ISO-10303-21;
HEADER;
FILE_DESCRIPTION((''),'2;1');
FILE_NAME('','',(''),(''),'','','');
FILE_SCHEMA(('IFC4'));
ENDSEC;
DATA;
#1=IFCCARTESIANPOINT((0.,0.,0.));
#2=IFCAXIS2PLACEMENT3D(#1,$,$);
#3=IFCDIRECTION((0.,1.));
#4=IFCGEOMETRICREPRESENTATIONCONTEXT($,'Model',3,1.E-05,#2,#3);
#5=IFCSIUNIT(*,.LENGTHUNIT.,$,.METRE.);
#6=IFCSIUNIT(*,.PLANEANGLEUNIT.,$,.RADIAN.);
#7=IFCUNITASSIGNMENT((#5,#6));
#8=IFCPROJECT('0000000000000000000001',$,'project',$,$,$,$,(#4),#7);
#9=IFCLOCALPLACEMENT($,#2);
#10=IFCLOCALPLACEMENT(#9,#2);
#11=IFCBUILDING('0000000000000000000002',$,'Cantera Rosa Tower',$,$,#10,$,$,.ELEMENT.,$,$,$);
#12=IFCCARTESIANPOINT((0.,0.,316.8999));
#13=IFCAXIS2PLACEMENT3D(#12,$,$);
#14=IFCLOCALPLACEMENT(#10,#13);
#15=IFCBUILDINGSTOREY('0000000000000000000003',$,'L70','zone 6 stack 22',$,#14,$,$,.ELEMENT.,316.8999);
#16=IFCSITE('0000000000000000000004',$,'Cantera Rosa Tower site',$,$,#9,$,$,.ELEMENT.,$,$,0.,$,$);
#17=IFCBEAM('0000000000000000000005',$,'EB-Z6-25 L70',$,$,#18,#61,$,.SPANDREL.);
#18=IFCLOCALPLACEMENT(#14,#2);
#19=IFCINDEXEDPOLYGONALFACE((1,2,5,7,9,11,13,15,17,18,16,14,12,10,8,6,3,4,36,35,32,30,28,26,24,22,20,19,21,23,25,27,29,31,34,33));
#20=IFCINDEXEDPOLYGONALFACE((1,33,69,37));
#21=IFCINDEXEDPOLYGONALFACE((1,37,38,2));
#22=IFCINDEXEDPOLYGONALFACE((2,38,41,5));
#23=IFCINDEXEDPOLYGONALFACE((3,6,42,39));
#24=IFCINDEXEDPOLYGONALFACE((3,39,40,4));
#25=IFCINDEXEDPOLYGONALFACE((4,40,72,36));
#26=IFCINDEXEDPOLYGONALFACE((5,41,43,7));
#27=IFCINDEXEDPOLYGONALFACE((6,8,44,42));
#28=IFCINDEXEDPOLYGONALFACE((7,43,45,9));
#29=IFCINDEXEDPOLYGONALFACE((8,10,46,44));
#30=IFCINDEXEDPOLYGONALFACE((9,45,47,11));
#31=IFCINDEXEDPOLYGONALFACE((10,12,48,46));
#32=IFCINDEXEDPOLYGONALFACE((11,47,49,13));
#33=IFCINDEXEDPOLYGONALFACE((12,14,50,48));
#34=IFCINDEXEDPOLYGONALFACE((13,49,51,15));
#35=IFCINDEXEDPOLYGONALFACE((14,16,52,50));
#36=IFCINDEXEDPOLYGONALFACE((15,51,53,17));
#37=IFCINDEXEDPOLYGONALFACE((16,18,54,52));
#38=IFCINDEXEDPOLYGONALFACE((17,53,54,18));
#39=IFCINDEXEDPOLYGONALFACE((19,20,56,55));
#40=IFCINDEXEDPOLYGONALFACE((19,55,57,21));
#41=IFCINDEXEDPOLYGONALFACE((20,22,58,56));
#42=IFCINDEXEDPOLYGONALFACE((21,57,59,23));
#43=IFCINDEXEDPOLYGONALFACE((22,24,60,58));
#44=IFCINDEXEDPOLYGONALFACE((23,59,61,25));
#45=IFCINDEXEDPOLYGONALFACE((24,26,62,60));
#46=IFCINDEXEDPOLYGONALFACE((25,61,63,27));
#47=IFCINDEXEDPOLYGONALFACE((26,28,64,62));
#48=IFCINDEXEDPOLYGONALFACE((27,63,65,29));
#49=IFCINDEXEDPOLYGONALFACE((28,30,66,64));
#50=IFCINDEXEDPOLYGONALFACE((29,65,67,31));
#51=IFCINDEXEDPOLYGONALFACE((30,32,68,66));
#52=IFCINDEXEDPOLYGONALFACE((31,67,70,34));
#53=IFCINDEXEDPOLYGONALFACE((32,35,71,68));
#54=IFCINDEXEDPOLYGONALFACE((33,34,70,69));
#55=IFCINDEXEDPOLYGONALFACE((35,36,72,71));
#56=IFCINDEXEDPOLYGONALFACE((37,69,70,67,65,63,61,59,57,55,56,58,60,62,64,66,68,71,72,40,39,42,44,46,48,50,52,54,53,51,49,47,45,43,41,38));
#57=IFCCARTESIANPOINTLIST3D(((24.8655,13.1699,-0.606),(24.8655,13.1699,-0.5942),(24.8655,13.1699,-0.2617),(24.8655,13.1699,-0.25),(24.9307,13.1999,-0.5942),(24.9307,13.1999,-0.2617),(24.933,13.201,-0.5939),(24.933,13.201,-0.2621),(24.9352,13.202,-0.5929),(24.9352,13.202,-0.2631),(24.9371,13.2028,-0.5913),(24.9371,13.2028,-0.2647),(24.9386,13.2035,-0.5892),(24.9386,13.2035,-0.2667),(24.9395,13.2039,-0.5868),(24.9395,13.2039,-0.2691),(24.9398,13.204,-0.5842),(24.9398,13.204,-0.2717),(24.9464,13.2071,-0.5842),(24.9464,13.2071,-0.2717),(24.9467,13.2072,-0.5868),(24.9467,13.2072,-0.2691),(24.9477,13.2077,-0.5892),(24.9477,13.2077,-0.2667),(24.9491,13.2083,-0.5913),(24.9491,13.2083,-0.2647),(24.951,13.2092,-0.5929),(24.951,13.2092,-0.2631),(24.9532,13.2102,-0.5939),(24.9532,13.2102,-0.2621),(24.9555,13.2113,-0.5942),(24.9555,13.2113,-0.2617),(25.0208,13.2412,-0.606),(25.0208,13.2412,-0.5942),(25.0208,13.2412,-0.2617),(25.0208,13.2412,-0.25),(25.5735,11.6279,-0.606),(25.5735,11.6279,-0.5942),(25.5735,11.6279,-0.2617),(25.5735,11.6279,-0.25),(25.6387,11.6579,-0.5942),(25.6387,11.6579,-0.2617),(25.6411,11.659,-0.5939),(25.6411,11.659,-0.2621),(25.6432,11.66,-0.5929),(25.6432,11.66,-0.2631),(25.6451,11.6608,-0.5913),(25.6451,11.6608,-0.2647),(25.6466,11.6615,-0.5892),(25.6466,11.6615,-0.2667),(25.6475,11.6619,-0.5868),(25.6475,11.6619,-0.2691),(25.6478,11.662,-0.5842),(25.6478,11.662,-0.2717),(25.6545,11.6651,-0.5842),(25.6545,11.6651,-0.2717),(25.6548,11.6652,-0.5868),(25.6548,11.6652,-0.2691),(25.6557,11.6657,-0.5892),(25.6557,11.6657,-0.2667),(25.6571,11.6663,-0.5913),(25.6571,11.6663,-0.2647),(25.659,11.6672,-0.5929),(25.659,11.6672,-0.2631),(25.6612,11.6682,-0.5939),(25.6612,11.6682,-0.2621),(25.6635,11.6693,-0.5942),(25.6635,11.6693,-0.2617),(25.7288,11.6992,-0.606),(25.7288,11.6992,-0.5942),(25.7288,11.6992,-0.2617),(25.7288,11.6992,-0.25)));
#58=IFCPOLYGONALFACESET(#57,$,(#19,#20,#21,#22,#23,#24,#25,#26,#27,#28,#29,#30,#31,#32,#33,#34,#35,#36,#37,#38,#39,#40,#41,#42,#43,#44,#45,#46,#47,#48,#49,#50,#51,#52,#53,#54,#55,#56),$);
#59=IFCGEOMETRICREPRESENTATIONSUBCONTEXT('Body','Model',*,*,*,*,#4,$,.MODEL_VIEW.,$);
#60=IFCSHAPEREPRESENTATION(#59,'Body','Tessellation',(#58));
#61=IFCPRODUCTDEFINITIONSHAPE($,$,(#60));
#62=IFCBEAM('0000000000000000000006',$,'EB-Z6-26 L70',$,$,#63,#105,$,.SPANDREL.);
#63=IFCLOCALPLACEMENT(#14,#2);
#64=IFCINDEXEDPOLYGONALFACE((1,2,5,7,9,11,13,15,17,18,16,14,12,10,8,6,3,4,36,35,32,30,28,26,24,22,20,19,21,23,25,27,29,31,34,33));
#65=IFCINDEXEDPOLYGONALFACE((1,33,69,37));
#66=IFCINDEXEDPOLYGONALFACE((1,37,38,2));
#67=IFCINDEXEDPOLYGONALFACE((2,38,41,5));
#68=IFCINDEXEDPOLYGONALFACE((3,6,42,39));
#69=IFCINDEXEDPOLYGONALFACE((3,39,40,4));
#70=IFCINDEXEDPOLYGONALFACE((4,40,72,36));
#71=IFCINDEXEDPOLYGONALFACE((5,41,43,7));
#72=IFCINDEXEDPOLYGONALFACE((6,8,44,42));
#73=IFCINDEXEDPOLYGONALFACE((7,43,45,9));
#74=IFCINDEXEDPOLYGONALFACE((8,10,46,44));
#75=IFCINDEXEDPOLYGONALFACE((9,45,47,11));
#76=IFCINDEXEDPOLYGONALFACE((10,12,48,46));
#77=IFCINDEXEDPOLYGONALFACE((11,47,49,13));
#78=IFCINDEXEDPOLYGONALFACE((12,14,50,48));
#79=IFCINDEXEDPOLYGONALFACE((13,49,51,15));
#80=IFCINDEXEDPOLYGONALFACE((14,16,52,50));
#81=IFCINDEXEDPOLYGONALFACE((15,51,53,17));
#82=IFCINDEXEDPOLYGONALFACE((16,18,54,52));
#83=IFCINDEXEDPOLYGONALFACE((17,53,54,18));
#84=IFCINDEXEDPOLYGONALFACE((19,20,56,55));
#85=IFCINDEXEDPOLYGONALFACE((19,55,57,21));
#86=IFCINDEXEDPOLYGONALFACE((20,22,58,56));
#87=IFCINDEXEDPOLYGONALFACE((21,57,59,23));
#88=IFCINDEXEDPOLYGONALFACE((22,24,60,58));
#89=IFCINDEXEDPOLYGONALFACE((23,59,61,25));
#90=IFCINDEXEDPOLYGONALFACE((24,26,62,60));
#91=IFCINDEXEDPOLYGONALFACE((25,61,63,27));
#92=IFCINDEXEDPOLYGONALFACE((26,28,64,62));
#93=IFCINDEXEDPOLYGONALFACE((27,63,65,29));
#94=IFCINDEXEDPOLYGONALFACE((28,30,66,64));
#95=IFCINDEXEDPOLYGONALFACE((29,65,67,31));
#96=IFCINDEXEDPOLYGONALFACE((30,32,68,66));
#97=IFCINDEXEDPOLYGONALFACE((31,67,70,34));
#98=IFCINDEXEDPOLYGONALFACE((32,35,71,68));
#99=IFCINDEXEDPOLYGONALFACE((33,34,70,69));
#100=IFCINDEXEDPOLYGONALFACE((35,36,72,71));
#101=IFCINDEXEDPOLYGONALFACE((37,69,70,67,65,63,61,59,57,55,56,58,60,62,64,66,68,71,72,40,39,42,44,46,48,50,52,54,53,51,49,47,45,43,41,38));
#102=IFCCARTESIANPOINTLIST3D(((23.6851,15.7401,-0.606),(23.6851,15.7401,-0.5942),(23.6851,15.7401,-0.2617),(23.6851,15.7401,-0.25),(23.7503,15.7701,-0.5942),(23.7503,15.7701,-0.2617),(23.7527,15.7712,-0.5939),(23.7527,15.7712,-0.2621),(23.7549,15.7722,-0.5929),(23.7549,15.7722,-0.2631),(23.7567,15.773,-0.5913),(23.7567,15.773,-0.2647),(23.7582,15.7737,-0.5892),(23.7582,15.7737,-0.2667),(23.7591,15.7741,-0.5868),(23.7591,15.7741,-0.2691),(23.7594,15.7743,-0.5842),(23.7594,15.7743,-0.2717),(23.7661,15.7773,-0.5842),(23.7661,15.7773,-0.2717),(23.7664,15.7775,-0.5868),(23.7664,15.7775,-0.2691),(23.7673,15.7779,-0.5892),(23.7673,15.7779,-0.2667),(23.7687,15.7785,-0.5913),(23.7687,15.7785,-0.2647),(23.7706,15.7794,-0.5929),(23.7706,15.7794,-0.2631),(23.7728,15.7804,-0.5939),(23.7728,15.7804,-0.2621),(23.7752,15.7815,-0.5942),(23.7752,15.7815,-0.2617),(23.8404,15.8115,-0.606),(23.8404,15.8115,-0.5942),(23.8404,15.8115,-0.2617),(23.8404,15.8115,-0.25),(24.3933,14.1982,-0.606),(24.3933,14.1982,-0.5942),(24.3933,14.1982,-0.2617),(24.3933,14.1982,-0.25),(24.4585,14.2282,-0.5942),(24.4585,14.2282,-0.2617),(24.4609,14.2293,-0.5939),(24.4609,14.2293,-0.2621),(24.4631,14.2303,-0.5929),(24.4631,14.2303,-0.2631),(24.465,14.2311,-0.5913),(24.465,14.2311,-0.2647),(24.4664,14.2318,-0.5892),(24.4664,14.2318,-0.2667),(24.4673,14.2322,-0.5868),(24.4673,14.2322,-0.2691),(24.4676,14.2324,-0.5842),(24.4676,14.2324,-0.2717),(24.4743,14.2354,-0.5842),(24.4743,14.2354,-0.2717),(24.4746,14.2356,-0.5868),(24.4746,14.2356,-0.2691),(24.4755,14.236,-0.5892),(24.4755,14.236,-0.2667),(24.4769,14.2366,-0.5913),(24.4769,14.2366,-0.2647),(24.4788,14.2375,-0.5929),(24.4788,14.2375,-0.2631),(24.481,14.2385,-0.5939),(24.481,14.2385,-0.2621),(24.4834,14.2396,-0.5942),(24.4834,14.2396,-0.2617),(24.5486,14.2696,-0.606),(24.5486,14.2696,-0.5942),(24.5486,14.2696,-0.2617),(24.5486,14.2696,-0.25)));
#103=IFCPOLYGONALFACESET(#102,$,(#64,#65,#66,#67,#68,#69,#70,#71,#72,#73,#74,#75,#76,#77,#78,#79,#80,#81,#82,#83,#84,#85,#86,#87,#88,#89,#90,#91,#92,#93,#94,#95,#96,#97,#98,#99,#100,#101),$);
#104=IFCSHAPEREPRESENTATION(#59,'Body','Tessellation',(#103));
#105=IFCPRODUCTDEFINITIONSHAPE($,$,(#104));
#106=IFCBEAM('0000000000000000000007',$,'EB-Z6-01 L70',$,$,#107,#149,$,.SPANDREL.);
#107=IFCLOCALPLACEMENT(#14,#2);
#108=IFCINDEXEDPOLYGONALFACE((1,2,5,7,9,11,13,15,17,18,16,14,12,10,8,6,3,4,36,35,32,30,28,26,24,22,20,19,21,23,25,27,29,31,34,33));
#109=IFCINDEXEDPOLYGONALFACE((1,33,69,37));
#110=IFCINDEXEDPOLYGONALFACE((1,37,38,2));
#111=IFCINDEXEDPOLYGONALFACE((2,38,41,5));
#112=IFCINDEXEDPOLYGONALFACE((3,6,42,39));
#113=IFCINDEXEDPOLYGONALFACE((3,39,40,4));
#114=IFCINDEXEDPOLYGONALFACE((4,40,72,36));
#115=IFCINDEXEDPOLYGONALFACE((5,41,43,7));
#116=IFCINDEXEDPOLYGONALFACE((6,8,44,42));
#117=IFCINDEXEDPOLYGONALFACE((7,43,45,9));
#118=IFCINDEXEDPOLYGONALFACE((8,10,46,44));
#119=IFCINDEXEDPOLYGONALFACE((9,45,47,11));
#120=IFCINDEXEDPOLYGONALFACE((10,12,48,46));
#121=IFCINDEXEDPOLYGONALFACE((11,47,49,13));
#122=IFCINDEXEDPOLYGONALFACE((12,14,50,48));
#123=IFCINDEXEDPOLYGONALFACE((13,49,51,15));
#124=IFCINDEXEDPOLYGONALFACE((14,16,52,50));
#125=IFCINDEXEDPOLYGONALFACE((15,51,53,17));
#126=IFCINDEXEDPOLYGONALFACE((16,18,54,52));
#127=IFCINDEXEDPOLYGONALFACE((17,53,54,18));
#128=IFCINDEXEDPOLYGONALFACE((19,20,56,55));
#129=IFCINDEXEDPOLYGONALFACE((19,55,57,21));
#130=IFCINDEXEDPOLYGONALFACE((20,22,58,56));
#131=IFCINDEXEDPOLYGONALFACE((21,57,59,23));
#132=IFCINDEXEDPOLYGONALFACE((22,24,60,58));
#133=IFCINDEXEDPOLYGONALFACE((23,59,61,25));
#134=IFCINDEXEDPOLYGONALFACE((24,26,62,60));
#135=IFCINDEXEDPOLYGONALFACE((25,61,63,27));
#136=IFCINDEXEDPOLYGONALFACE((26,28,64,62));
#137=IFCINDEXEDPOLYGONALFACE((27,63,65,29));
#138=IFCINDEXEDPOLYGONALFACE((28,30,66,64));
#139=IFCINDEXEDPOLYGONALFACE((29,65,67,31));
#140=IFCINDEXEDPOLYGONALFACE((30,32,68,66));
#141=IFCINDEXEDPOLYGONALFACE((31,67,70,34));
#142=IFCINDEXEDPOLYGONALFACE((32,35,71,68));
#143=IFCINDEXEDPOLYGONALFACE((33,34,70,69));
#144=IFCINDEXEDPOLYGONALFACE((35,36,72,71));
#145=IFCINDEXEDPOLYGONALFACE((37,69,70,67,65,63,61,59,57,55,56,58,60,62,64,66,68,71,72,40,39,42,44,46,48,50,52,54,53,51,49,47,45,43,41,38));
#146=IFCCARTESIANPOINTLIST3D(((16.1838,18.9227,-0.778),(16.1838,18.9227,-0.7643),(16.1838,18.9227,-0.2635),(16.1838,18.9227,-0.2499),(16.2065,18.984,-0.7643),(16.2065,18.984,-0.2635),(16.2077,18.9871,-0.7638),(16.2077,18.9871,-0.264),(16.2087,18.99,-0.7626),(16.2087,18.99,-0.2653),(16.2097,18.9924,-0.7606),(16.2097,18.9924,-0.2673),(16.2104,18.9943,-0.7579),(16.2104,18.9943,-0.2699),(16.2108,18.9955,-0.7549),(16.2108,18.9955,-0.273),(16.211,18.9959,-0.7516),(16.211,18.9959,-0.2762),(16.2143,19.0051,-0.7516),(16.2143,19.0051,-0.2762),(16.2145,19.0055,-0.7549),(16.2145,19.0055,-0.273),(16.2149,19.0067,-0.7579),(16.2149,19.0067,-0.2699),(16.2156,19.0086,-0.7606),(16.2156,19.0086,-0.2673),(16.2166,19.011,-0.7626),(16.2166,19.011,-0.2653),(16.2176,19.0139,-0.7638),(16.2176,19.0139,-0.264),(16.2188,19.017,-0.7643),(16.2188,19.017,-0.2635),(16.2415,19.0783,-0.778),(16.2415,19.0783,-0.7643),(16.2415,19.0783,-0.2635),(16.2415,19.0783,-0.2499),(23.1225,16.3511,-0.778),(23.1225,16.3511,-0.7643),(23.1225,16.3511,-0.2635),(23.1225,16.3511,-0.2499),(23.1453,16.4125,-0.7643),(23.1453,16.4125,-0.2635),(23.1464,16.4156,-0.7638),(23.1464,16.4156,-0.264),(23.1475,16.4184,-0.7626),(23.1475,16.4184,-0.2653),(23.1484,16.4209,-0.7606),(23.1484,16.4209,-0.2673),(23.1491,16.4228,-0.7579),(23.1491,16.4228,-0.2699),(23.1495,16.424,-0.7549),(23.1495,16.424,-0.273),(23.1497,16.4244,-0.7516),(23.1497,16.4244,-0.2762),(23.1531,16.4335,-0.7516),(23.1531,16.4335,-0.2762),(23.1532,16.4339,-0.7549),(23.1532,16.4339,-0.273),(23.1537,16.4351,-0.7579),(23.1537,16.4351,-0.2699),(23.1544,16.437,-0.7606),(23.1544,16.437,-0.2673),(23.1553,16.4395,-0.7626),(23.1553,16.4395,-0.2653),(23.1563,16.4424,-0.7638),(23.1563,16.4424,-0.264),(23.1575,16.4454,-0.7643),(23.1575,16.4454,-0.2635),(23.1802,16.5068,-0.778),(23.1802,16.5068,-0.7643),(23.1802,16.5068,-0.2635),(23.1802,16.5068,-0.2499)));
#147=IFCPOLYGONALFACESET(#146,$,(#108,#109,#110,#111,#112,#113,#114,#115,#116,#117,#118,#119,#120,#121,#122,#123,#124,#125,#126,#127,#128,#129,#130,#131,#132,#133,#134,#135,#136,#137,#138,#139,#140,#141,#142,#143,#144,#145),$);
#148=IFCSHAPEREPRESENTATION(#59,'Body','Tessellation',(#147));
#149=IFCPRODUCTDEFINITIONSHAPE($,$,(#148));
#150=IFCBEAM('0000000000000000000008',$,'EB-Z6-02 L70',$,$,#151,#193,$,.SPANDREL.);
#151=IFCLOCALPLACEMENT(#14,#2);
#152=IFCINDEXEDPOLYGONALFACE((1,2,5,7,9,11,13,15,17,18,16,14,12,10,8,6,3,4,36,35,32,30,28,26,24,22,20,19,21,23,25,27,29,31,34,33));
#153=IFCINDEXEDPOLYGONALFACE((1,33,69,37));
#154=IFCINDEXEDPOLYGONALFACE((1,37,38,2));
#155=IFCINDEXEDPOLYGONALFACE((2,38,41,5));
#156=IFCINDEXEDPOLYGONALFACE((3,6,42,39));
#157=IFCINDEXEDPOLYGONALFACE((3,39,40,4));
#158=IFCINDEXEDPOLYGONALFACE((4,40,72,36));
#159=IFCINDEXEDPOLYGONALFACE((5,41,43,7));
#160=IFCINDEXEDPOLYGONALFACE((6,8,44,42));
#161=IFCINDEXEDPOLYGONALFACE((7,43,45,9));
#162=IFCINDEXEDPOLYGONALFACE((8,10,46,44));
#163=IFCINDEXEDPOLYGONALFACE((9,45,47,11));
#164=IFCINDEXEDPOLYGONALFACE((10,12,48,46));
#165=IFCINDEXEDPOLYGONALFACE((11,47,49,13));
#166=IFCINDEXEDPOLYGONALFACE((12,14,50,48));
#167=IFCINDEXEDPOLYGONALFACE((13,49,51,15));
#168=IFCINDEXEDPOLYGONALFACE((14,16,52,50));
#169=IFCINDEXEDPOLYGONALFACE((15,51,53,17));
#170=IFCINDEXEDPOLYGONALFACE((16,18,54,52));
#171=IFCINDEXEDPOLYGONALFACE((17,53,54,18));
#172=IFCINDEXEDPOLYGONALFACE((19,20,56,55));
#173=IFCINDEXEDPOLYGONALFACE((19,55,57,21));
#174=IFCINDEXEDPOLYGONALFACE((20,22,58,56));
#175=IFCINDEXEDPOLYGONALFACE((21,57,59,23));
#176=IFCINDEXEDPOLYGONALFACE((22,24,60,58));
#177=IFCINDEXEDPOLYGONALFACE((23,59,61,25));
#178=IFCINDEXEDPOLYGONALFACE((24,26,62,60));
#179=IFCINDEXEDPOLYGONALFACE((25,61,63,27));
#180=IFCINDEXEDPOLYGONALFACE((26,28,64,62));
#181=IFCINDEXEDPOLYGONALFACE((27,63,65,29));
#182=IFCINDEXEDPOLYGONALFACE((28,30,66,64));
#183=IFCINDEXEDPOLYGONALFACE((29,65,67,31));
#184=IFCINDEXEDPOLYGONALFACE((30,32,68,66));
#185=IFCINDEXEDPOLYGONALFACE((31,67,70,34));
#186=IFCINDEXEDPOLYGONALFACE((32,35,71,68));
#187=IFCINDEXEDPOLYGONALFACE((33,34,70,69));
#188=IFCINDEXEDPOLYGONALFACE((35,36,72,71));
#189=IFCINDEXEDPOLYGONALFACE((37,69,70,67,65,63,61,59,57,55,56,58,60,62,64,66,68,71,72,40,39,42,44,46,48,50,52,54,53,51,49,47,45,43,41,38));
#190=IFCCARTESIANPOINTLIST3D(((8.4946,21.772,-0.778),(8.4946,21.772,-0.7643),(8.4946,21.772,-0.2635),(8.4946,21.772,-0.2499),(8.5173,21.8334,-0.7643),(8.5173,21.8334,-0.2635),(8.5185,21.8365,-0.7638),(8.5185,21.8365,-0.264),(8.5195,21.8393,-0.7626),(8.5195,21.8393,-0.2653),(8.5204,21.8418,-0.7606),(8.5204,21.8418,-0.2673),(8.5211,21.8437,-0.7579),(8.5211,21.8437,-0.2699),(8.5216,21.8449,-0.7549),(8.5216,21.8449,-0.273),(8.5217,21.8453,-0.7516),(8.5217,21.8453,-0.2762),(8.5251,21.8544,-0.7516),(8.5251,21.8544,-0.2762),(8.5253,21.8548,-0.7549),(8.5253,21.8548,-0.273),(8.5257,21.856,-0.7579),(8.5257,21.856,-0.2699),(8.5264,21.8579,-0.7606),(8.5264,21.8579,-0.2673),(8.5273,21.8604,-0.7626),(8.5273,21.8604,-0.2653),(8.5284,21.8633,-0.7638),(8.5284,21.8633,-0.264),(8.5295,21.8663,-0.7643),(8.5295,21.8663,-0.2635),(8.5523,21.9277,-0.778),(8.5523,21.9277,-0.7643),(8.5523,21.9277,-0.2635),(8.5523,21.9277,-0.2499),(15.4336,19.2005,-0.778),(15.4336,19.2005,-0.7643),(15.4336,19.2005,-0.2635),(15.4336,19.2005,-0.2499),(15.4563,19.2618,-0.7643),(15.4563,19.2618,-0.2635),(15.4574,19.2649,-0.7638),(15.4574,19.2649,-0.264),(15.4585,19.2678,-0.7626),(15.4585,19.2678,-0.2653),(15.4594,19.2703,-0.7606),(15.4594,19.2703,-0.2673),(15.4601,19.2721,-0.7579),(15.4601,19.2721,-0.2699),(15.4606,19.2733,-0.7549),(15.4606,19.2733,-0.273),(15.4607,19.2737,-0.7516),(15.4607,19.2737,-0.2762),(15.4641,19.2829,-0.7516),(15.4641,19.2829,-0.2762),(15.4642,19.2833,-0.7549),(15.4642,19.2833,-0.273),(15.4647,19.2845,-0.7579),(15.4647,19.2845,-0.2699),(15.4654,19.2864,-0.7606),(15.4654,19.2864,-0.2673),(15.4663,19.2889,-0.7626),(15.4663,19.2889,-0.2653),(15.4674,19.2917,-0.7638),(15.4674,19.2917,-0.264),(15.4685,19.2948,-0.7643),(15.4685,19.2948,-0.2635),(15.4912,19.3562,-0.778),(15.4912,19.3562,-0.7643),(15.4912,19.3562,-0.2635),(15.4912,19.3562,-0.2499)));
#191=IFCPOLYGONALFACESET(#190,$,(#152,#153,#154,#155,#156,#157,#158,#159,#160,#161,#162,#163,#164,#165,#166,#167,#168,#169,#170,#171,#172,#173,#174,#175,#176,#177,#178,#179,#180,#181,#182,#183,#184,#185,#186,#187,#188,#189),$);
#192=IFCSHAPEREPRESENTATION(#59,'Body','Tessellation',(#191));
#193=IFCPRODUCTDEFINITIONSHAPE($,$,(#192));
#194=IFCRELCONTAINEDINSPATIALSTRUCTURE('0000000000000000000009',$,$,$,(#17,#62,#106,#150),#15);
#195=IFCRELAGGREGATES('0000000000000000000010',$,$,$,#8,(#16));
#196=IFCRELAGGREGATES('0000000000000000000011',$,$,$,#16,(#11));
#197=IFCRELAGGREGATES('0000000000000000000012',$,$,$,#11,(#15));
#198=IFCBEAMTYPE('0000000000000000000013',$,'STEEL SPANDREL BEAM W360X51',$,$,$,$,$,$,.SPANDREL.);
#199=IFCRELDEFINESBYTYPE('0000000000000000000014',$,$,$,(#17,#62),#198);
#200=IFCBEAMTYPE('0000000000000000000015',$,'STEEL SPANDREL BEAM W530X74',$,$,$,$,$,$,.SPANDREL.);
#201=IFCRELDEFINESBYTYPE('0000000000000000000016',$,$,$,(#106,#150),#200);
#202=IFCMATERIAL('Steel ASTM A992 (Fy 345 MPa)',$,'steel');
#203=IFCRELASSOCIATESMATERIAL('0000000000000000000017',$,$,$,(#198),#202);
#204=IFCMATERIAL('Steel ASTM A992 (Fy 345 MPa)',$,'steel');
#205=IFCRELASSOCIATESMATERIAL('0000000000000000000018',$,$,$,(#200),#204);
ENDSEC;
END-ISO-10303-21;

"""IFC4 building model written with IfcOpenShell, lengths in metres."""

from ifc_helpers import new_model, si_unit, direction, frame, origin, origin_2d, place, context, subcontext, project, spatial, i_section, extrude, material, material_profile, profile_set, type_object, element, save


model = new_model("IFC4")

# Units and contexts
model_context = context("Model", 3, precision=1e-05, world=origin(), true_north=direction((0.0, 1.0)))
body_context = subcontext(model_context, "Body", "Model", "MODEL_VIEW")
ifc_project = project(units=[si_unit("LENGTHUNIT", "METRE"), si_unit("PLANEANGLEUNIT", "RADIAN")], contexts=[model_context])

# Site, building, storey
site_placement = place(None, origin())
site = spatial("IfcSite", under=ifc_project, at=site_placement, Name="Cantera Rosa Tower site", CompositionType="ELEMENT", RefElevation=0.0)
building_placement = place(site_placement, origin())
building = spatial("IfcBuilding", under=site, at=building_placement, Name="Cantera Rosa Tower", CompositionType="ELEMENT")
storey_placement = place(building_placement, frame((0.0, 0.0, 316.8999)))
storey = spatial("IfcBuildingStorey", under=building, at=storey_placement, Name="L70", Description="zone 6 stack 22", CompositionType="ELEMENT", Elevation=316.8999)

# Beams
ifc_material_1 = material(Name="Steel ASTM A992 (Fy 345 MPa)", Category="steel")
ifc_material_profile_1 = material_profile(ifc_material_1, i_section(OverallWidth=0.1709, OverallDepth=0.356, WebThickness=0.0073, FlangeThickness=0.0117, FilletRadius=0.01, at=origin_2d()), Name="W360X51")
ifc_profile_set_1 = profile_set([ifc_material_profile_1], Name="Steel ASTM A992 (Fy 345 MPa)")
beam_type_1 = type_object("IfcBeamType", Name="STEEL SPANDREL BEAM W360X51", PredefinedType="SPANDREL", material=ifc_profile_set_1)
for number, where, z_axis, x_axis, name in (
    (1, (25.6511, 11.6636, -0.428), (-0.417269, 0.908783, 0.0), (-0.908783, -0.417269, 0.0), "EB-Z6-25 L70"),
    (2, (24.4709, 14.2339, -0.428), (-0.417388, 0.908728, 0.0), (-0.908728, -0.417388, 0.0), "EB-Z6-26 L70"),
):
    element("IfcBeam", number, at=place(storey_placement, frame(where, z_axis=z_axis, x_axis=x_axis)), inside=storey, type_object=beam_type_1, Name=name, PredefinedType="SPANDREL", context=body_context, shape_type="SweptSolid", body=[
        extrude(i_section(OverallWidth=0.1709, OverallDepth=0.356, WebThickness=0.0073, FlangeThickness=0.0117, FilletRadius=0.01, at=origin_2d()), origin(), (0.0, 0.0, 1.0), 1.6968),
    ])
ifc_material_2 = material(Name="Steel ASTM A992 (Fy 345 MPa)", Category="steel")
ifc_material_profile_2 = material_profile(ifc_material_2, i_section(OverallWidth=0.166, OverallDepth=0.5281, WebThickness=0.0098, FlangeThickness=0.0137, FilletRadius=0.0127, at=origin_2d()), Name="W530X74")
ifc_profile_set_2 = profile_set([ifc_material_profile_2], Name="Steel ASTM A992 (Fy 345 MPa)")
beam_type_2 = type_object("IfcBeamType", Name="STEEL SPANDREL BEAM W530X74", PredefinedType="SPANDREL", material=ifc_profile_set_2)
beam_1_placement = place(storey_placement, frame((23.1514, 16.429, -0.5139), z_axis=(-0.937677, 0.347509, 0.0), x_axis=(-0.347509, -0.937677, 0.0)))
element("IfcBeam", 3, at=beam_1_placement, inside=storey, type_object=beam_type_2, Name="EB-Z6-01 L70", PredefinedType="SPANDREL", context=body_context, shape_type="SweptSolid", body=[
    extrude(i_section(OverallWidth=0.166, OverallDepth=0.5281, WebThickness=0.0098, FlangeThickness=0.0137, FilletRadius=0.0127, at=origin_2d()), origin(), (0.0, 0.0, 1.0), 7.3999),
])
beam_2_placement = place(storey_placement, frame((15.4624, 19.2783, -0.5139), z_axis=(-0.937681, 0.347498, 0.0), x_axis=(-0.347498, -0.937681, 0.0)))
element("IfcBeam", 4, at=beam_2_placement, inside=storey, type_object=beam_type_2, Name="EB-Z6-02 L70", PredefinedType="SPANDREL", context=body_context, shape_type="SweptSolid", body=[
    extrude(i_section(OverallWidth=0.166, OverallDepth=0.5281, WebThickness=0.0098, FlangeThickness=0.0137, FilletRadius=0.0127, at=origin_2d()), origin(), (0.0, 0.0, 1.0), 7.4001),
])

save(model, "model.ifc")
